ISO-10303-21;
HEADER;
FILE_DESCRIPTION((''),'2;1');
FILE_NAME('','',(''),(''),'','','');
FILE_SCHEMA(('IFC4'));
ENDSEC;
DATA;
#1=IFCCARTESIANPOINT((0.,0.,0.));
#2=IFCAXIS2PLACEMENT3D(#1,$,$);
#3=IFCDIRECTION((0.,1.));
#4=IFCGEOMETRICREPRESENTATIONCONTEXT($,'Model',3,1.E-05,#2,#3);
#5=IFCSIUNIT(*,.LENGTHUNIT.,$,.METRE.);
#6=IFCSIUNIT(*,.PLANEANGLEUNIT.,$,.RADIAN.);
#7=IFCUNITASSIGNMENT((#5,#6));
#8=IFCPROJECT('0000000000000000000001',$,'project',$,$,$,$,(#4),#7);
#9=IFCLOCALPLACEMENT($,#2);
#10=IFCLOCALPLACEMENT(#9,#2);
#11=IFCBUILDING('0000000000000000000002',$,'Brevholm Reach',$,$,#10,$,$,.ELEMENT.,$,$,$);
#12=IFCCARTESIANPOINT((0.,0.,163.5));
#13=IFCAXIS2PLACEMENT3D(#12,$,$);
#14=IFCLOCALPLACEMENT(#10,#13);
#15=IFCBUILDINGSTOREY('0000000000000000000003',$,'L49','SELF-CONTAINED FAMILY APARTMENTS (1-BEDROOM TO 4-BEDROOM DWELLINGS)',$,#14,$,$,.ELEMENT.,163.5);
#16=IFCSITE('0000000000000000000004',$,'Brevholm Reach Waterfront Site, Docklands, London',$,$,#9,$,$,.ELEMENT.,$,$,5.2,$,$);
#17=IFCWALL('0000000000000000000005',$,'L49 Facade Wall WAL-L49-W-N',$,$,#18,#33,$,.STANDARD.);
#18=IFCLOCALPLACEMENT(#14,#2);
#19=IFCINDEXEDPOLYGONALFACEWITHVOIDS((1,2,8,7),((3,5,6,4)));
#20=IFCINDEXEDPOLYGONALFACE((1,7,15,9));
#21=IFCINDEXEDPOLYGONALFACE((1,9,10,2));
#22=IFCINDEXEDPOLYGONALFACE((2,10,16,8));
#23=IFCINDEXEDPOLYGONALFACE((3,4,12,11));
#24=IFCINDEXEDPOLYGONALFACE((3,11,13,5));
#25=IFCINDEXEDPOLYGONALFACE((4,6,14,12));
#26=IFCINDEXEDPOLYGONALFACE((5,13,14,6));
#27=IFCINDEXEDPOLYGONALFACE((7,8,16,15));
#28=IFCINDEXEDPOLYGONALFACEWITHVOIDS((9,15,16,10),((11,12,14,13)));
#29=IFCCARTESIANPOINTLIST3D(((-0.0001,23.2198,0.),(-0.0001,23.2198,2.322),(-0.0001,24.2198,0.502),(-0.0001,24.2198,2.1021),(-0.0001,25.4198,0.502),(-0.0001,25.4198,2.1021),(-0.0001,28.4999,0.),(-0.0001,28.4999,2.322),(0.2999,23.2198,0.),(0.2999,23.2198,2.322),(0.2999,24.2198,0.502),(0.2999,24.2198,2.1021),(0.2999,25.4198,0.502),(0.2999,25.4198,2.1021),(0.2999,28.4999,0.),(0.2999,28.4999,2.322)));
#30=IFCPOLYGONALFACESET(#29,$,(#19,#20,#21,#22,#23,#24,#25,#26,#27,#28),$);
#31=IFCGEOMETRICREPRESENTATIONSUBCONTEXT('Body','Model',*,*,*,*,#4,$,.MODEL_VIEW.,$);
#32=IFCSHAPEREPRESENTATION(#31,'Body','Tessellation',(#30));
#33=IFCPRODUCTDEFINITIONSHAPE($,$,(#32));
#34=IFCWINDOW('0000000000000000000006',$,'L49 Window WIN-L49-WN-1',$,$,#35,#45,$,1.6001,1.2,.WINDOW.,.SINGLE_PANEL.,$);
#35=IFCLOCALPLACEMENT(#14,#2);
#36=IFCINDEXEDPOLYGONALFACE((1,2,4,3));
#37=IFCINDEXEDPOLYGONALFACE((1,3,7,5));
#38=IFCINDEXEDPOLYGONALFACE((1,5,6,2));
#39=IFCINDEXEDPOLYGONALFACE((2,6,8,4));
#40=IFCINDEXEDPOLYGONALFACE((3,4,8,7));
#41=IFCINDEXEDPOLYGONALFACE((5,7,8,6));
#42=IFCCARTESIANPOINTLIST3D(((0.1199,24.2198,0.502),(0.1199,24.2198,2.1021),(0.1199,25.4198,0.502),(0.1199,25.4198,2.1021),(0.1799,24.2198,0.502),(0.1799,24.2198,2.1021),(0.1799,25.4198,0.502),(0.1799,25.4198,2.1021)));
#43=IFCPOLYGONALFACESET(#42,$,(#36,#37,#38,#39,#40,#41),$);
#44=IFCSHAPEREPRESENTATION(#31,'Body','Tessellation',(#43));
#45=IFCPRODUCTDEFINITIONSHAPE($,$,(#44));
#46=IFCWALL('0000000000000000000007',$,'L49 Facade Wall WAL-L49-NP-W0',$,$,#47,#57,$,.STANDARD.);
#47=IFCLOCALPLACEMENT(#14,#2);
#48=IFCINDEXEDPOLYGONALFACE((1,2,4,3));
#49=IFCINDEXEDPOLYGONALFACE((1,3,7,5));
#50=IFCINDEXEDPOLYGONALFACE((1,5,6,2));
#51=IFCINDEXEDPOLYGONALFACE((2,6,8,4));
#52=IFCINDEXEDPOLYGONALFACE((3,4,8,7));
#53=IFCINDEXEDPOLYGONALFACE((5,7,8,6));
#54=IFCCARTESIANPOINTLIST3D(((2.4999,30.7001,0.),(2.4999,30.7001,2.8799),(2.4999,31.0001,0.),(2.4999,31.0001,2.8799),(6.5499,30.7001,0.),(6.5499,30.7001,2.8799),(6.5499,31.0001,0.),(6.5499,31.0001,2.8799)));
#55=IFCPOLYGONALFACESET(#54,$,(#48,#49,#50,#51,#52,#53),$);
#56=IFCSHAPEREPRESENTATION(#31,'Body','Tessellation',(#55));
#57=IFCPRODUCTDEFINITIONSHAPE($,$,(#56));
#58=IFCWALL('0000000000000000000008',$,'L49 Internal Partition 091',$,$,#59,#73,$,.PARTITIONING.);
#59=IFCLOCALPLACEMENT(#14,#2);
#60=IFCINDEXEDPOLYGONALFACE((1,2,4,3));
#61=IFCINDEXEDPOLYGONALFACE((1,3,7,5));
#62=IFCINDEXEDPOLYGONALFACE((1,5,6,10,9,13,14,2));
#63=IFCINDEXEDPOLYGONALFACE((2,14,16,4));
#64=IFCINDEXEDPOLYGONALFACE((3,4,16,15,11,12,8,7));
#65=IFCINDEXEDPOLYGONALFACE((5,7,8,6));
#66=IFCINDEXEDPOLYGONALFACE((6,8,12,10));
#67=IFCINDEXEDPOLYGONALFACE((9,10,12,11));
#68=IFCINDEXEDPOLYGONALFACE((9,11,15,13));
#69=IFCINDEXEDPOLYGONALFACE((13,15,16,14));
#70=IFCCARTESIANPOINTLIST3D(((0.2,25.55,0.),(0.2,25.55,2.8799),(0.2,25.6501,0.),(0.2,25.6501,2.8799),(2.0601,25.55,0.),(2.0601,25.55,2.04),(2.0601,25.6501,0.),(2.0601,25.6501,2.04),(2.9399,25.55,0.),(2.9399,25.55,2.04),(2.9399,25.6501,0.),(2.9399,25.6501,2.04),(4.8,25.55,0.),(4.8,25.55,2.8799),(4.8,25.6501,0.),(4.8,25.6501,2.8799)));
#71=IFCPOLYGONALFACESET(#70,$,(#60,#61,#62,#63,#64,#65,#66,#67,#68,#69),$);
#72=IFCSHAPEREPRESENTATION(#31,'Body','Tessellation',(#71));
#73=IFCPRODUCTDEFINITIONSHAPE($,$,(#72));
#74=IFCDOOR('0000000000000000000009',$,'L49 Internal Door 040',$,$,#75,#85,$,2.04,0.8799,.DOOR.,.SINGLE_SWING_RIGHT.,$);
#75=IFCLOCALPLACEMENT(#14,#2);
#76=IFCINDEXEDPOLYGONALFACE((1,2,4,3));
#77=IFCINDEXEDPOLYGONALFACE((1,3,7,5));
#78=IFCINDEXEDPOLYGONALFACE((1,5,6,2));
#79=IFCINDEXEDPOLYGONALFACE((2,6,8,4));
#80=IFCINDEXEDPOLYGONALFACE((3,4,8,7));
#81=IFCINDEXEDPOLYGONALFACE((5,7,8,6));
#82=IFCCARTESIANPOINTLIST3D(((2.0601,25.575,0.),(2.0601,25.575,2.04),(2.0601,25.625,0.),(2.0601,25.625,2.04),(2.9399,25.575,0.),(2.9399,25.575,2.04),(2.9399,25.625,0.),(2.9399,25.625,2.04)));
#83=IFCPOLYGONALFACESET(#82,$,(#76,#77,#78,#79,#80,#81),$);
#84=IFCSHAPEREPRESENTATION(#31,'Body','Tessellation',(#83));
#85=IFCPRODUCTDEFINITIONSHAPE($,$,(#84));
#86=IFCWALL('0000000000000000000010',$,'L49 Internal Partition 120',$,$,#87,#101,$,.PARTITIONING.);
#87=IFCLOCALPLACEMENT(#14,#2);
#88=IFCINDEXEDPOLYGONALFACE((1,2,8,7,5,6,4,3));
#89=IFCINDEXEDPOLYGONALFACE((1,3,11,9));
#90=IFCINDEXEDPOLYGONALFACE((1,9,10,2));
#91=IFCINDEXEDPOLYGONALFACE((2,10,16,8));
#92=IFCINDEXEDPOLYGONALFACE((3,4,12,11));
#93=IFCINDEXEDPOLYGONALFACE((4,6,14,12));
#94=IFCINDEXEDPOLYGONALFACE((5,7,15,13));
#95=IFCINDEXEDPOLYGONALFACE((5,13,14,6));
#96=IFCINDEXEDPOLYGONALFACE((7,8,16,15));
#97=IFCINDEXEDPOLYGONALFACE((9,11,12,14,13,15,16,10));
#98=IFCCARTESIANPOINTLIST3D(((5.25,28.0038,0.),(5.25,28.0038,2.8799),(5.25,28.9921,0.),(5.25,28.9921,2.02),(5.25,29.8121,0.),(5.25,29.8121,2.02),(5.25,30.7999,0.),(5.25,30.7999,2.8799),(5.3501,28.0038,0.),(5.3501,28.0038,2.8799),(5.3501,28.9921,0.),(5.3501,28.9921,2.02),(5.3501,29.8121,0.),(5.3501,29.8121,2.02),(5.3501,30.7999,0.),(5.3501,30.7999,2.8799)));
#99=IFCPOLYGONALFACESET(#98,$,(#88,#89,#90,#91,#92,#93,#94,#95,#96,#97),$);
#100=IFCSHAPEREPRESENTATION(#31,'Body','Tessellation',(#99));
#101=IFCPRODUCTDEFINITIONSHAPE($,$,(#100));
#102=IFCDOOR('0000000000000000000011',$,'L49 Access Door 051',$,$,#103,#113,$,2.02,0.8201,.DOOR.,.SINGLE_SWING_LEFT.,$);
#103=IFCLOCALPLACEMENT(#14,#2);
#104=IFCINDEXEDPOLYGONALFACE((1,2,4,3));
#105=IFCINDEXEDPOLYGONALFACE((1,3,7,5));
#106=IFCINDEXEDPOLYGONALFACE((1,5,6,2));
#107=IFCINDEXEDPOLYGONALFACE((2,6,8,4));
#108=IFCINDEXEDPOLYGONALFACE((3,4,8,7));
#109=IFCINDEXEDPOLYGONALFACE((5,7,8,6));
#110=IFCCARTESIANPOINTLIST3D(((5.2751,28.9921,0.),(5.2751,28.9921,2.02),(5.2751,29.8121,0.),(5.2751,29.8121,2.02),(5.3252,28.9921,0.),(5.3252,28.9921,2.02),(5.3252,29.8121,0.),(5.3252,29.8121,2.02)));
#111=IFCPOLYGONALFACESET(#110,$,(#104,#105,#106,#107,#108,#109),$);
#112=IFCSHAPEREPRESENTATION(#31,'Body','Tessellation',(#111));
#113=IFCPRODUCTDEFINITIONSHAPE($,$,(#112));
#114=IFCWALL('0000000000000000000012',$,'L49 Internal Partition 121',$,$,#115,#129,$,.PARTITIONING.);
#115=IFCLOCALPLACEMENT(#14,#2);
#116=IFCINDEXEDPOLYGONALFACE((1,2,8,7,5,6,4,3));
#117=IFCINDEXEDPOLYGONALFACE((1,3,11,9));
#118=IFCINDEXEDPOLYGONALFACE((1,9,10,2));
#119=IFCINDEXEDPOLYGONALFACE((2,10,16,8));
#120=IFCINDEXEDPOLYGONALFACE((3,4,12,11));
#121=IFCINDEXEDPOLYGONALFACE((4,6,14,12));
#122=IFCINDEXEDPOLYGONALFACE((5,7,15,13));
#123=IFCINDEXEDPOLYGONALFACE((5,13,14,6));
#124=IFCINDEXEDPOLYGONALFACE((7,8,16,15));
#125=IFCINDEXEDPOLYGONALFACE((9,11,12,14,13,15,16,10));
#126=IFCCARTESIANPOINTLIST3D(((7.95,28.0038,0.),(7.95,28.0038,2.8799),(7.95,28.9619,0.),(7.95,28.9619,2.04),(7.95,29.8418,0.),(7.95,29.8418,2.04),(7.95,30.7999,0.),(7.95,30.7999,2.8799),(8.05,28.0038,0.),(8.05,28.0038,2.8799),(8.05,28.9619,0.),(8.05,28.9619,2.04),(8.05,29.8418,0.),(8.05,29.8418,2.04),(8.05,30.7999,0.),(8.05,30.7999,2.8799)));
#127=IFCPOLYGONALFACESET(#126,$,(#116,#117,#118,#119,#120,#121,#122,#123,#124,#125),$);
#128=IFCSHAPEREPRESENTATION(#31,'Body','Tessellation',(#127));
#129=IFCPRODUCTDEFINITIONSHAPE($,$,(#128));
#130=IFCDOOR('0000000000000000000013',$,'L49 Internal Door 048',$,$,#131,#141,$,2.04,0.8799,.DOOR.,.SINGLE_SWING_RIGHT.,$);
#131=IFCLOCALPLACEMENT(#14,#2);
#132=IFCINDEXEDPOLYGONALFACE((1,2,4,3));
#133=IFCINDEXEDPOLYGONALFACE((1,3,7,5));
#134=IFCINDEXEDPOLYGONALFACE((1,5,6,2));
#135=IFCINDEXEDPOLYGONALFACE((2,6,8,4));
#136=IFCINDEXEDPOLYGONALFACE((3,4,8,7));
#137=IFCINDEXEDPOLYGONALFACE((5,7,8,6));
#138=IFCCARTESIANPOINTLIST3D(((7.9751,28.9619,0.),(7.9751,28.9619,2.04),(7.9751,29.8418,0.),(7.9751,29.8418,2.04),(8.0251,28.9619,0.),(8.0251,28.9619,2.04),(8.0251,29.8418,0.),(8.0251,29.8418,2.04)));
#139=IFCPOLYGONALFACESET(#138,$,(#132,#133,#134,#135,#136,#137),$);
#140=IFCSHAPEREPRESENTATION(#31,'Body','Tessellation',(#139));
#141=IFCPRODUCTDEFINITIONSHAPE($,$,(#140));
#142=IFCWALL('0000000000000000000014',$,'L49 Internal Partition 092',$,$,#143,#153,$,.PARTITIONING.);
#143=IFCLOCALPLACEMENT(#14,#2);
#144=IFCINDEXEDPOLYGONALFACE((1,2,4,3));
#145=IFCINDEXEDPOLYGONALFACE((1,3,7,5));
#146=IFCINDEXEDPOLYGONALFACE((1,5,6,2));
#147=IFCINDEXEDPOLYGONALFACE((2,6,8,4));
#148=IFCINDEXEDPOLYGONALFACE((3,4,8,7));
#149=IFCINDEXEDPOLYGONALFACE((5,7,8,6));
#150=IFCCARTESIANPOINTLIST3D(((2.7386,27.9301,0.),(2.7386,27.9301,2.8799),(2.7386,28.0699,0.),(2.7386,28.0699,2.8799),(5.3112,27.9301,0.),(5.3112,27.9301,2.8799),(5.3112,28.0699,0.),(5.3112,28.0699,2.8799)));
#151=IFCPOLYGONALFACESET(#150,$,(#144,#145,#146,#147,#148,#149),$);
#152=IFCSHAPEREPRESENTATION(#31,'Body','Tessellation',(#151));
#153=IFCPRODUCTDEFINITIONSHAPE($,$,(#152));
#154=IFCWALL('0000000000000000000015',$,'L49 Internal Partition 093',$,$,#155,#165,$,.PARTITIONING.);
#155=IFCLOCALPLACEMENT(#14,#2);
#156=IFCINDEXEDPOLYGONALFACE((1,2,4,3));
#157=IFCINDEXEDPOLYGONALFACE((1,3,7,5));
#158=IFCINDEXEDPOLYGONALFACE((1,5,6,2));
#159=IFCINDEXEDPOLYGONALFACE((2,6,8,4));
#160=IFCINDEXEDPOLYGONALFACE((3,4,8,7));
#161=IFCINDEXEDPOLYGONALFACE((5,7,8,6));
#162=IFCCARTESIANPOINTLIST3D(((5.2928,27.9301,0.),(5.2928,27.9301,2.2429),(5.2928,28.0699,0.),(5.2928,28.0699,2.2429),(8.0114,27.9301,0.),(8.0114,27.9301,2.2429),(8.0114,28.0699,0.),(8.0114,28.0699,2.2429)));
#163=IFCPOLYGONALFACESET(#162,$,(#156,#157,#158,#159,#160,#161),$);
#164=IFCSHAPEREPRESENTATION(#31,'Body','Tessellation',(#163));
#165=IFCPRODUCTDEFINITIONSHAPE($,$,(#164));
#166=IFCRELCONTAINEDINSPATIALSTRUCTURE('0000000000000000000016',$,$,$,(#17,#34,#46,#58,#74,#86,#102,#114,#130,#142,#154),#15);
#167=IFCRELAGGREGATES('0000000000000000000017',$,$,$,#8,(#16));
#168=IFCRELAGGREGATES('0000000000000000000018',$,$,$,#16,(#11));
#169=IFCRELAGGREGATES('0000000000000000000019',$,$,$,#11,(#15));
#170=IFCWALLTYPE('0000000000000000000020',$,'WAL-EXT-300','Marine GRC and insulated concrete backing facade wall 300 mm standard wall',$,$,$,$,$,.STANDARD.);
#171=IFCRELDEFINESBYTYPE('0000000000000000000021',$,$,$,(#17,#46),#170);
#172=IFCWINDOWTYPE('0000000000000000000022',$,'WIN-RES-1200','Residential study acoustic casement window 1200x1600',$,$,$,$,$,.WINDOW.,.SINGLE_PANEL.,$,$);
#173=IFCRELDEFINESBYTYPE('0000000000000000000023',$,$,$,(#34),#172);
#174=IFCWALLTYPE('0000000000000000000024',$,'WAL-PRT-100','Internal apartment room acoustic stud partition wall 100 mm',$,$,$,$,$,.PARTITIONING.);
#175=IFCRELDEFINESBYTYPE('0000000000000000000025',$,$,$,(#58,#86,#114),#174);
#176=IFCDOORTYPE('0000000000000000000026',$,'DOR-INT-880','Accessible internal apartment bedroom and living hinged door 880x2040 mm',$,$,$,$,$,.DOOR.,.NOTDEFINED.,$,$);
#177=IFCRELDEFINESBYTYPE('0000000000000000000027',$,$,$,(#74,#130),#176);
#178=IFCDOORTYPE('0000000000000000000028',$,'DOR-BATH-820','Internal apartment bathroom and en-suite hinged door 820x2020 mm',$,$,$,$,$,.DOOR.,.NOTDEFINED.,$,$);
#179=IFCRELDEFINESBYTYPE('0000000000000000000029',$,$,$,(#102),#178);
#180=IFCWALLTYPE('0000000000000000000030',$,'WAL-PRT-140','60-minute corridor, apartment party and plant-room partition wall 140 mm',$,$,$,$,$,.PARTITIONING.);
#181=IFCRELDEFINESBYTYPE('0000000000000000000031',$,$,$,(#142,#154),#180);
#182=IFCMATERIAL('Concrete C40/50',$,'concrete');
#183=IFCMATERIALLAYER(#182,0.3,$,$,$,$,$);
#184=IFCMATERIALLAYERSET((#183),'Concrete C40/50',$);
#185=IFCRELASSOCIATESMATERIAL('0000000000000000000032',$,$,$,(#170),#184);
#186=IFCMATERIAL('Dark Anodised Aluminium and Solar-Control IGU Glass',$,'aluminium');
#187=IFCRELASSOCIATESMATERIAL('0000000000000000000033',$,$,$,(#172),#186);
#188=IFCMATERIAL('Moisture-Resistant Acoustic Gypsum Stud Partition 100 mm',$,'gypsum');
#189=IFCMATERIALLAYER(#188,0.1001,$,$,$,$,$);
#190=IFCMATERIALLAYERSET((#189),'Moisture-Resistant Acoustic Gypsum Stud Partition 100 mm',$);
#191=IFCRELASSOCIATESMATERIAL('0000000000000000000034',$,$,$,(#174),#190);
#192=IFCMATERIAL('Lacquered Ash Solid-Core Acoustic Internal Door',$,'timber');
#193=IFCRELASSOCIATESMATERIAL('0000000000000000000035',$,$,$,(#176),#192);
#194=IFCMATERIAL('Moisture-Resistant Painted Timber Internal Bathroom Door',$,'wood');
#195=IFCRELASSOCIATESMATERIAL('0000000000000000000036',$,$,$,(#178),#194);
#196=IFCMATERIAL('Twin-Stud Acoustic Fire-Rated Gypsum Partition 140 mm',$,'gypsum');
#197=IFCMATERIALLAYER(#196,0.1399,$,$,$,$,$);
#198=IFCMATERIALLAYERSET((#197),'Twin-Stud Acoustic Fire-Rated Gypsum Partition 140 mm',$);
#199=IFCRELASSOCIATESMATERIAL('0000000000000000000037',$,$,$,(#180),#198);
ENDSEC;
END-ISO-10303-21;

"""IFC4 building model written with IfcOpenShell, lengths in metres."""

from ifc_helpers import new_model, si_unit, direction, frame, frame_2d, origin, place, context, subcontext, project, spatial, rectangle, extrude, material, layer, layer_set, type_object, element, fill, save


model = new_model("IFC4")

# Units and contexts
model_context = context("Model", 3, precision=1e-05, world=origin(), true_north=direction((0.0, 1.0)))
body_context = subcontext(model_context, "Body", "Model", "MODEL_VIEW")
ifc_project = project(units=[si_unit("LENGTHUNIT", "METRE"), si_unit("PLANEANGLEUNIT", "RADIAN")], contexts=[model_context])

# Site, building, storey
site_placement = place(None, origin())
site = spatial("IfcSite", under=ifc_project, at=site_placement, Name="Brevholm Reach Waterfront Site, Docklands, London", CompositionType="ELEMENT", RefElevation=5.2)
building_placement = place(site_placement, origin())
building = spatial("IfcBuilding", under=site, at=building_placement, Name="Brevholm Reach", CompositionType="ELEMENT")
storey_placement = place(building_placement, frame((0.0, 0.0, 163.5)))
storey = spatial("IfcBuildingStorey", under=building, at=storey_placement, Name="L49", Description="SELF-CONTAINED FAMILY APARTMENTS (1-BEDROOM TO 4-BEDROOM DWELLINGS)", CompositionType="ELEMENT", Elevation=163.5)

# Shared definitions
ifc_material_1 = material(Name="Concrete C40/50", Category="concrete")
ifc_layer_1 = layer(ifc_material_1, 0.3)
ifc_layer_set_1 = layer_set([ifc_layer_1], Name="Concrete C40/50")
wall_type_1 = type_object("IfcWallType", Name="WAL-EXT-300", Description="Marine GRC and insulated concrete backing facade wall 300 mm standard wall", PredefinedType="STANDARD", material=ifc_layer_set_1)

# Wall, opening, window
wall_1_placement = place(storey_placement, frame((0.1499, 28.5, 0.0), z_axis=(0.0, 0.0, 1.0), x_axis=(0.0, -1.0, 0.0)))
wall_1 = element("IfcWall", 1, at=wall_1_placement, inside=storey, type_object=wall_type_1, Name="L49 Facade Wall WAL-L49-W-N", PredefinedType="STANDARD", context=body_context, shape_type="SweptSolid", body=[
    extrude(rectangle(XDim=5.28, YDim=0.3, at=frame_2d((2.6401, 0.0))), origin(), (0.0, 0.0, 1.0), 2.322),
])
opening_1_placement = place(wall_1_placement, frame((3.0801, 0.0, 0.502)))
opening_1 = element("IfcOpeningElement", 2, at=opening_1_placement, cuts=wall_1, PredefinedType="OPENING", context=body_context, shape_type="SweptSolid", body=[
    extrude(rectangle(XDim=1.2, YDim=1.6001, at=frame_2d((0.6001, 0.8))), frame((0.0, 0.1599, 0.0), z_axis=(0.0, -1.0, 0.0), x_axis=(1.0, 0.0, 0.0)), (0.0, 0.0, 1.0), 0.3201),
])
ifc_material_2 = material(Name="Dark Anodised Aluminium and Solar-Control IGU Glass", Category="aluminium")
window_type = type_object("IfcWindowType", Name="WIN-RES-1200", Description="Residential study acoustic casement window 1200x1600", PartitioningType="SINGLE_PANEL", PredefinedType="WINDOW", material=ifc_material_2)
window_placement = place(opening_1_placement, origin())
window = element("IfcWindow", 3, at=window_placement, inside=storey, type_object=window_type, Name="L49 Window WIN-L49-WN-1", OverallHeight=1.6001, OverallWidth=1.2, PartitioningType="SINGLE_PANEL", PredefinedType="WINDOW", context=body_context, shape_type="SweptSolid", body=[
    extrude(rectangle(XDim=1.2, YDim=1.6001, at=frame_2d((0.6001, 0.8))), frame((0.0, 0.03, 0.0), z_axis=(0.0, -1.0, 0.0), x_axis=(1.0, 0.0, 0.0)), (0.0, 0.0, 1.0), 0.0601),
])
fill(opening_1, window)

# Wall
wall_2_placement = place(storey_placement, frame((2.5, 30.8501, 0.0), z_axis=(0.0, 0.0, 1.0), x_axis=(1.0, 0.0, 0.0)))
element("IfcWall", 4, at=wall_2_placement, inside=storey, type_object=wall_type_1, Name="L49 Facade Wall WAL-L49-NP-W0", PredefinedType="STANDARD", context=body_context, shape_type="SweptSolid", body=[
    extrude(rectangle(XDim=4.05, YDim=0.3, at=frame_2d((2.0249, 0.0))), origin(), (0.0, 0.0, 1.0), 2.8799),
])

# Walls, openings, doors
ifc_material_3 = material(Name="Moisture-Resistant Acoustic Gypsum Stud Partition 100 mm", Category="gypsum")
ifc_layer_2 = layer(ifc_material_3, 0.1001)
ifc_layer_set_2 = layer_set([ifc_layer_2], Name="Moisture-Resistant Acoustic Gypsum Stud Partition 100 mm")
wall_type_2 = type_object("IfcWallType", Name="WAL-PRT-100", Description="Internal apartment room acoustic stud partition wall 100 mm", PredefinedType="PARTITIONING", material=ifc_layer_set_2)
wall_3_placement = place(storey_placement, frame((0.2, 25.6001, 0.0), z_axis=(0.0, 0.0, 1.0), x_axis=(1.0, 0.0, 0.0)))
wall_3 = element("IfcWall", 5, at=wall_3_placement, inside=storey, type_object=wall_type_2, Name="L49 Internal Partition 091", PredefinedType="PARTITIONING", context=body_context, shape_type="SweptSolid", body=[
    extrude(rectangle(XDim=4.6001, YDim=0.1001, at=frame_2d((2.3, 0.0))), origin(), (0.0, 0.0, 1.0), 2.8799),
])
opening_2_placement = place(wall_3_placement, frame((1.8601, 0.0, 0.0)))
opening_2 = element("IfcOpeningElement", 6, at=opening_2_placement, cuts=wall_3, PredefinedType="OPENING", context=body_context, shape_type="SweptSolid", body=[
    extrude(rectangle(XDim=0.8799, YDim=2.04, at=frame_2d((0.4399, 1.02))), frame((0.0, 0.0601, 0.0), z_axis=(0.0, -1.0, 0.0), x_axis=(1.0, 0.0, 0.0)), (0.0, 0.0, 1.0), 0.1201),
])
ifc_material_4 = material(Name="Lacquered Ash Solid-Core Acoustic Internal Door", Category="timber")
door_type_1 = type_object("IfcDoorType", Name="DOR-INT-880", Description="Accessible internal apartment bedroom and living hinged door 880x2040 mm", OperationType="NOTDEFINED", PredefinedType="DOOR", material=ifc_material_4)
door_1_placement = place(opening_2_placement, origin())
door_1 = element("IfcDoor", 7, at=door_1_placement, inside=storey, type_object=door_type_1, Name="L49 Internal Door 040", OperationType="SINGLE_SWING_RIGHT", OverallHeight=2.04, OverallWidth=0.8799, PredefinedType="DOOR", context=body_context, shape_type="SweptSolid", body=[
    extrude(rectangle(XDim=0.8799, YDim=2.04, at=frame_2d((0.4399, 1.02))), frame((0.0, 0.0249, 0.0), z_axis=(0.0, -1.0, 0.0), x_axis=(1.0, 0.0, 0.0)), (0.0, 0.0, 1.0), 0.05),
])
fill(opening_2, door_1)
wall_4_placement = place(storey_placement, frame((5.3, 28.0039, 0.0), z_axis=(0.0, 0.0, 1.0), x_axis=(0.0, 1.0, 0.0)))
wall_4 = element("IfcWall", 8, at=wall_4_placement, inside=storey, type_object=wall_type_2, Name="L49 Internal Partition 120", PredefinedType="PARTITIONING", context=body_context, shape_type="SweptSolid", body=[
    extrude(rectangle(XDim=2.7961, YDim=0.1001, at=frame_2d((1.3979, 0.0))), origin(), (0.0, 0.0, 1.0), 2.8799),
])
opening_3_placement = place(wall_4_placement, frame((0.988, 0.0, 0.0)))
opening_3 = element("IfcOpeningElement", 9, at=opening_3_placement, cuts=wall_4, PredefinedType="OPENING", context=body_context, shape_type="SweptSolid", body=[
    extrude(rectangle(XDim=0.8201, YDim=2.02, at=frame_2d((0.4102, 1.01))), frame((0.0, 0.0601, 0.0), z_axis=(0.0, -1.0, 0.0), x_axis=(1.0, 0.0, 0.0)), (0.0, 0.0, 1.0), 0.1201),
])
ifc_material_5 = material(Name="Moisture-Resistant Painted Timber Internal Bathroom Door", Category="wood")
door_type_2 = type_object("IfcDoorType", Name="DOR-BATH-820", Description="Internal apartment bathroom and en-suite hinged door 820x2020 mm", OperationType="NOTDEFINED", PredefinedType="DOOR", material=ifc_material_5)
door_2_placement = place(opening_3_placement, origin())
door_2 = element("IfcDoor", 10, at=door_2_placement, inside=storey, type_object=door_type_2, Name="L49 Access Door 051", OperationType="SINGLE_SWING_LEFT", OverallHeight=2.02, OverallWidth=0.8201, PredefinedType="DOOR", context=body_context, shape_type="SweptSolid", body=[
    extrude(rectangle(XDim=0.8201, YDim=2.02, at=frame_2d((0.4102, 1.01))), frame((0.0, 0.0249, 0.0), z_axis=(0.0, -1.0, 0.0), x_axis=(1.0, 0.0, 0.0)), (0.0, 0.0, 1.0), 0.05),
])
fill(opening_3, door_2)
wall_5_placement = place(storey_placement, frame((8.0, 28.0039, 0.0), z_axis=(0.0, 0.0, 1.0), x_axis=(0.0, 1.0, 0.0)))
wall_5 = element("IfcWall", 11, at=wall_5_placement, inside=storey, type_object=wall_type_2, Name="L49 Internal Partition 121", PredefinedType="PARTITIONING", context=body_context, shape_type="SweptSolid", body=[
    extrude(rectangle(XDim=2.7961, YDim=0.1001, at=frame_2d((1.3979, 0.0))), origin(), (0.0, 0.0, 1.0), 2.8799),
])
opening_4_placement = place(wall_5_placement, frame((0.958, 0.0, 0.0)))
opening_4 = element("IfcOpeningElement", 12, at=opening_4_placement, cuts=wall_5, PredefinedType="OPENING", context=body_context, shape_type="SweptSolid", body=[
    extrude(rectangle(XDim=0.8799, YDim=2.04, at=frame_2d((0.4399, 1.02))), frame((0.0, 0.0601, 0.0), z_axis=(0.0, -1.0, 0.0), x_axis=(1.0, 0.0, 0.0)), (0.0, 0.0, 1.0), 0.1201),
])
door_3_placement = place(opening_4_placement, origin())
door_3 = element("IfcDoor", 13, at=door_3_placement, inside=storey, type_object=door_type_1, Name="L49 Internal Door 048", OperationType="SINGLE_SWING_RIGHT", OverallHeight=2.04, OverallWidth=0.8799, PredefinedType="DOOR", context=body_context, shape_type="SweptSolid", body=[
    extrude(rectangle(XDim=0.8799, YDim=2.04, at=frame_2d((0.4399, 1.02))), frame((0.0, 0.0249, 0.0), z_axis=(0.0, -1.0, 0.0), x_axis=(1.0, 0.0, 0.0)), (0.0, 0.0, 1.0), 0.05),
])
fill(opening_4, door_3)

# Walls
ifc_material_6 = material(Name="Twin-Stud Acoustic Fire-Rated Gypsum Partition 140 mm", Category="gypsum")
ifc_layer_3 = layer(ifc_material_6, 0.1399)
ifc_layer_set_3 = layer_set([ifc_layer_3], Name="Twin-Stud Acoustic Fire-Rated Gypsum Partition 140 mm")
wall_type_3 = type_object("IfcWallType", Name="WAL-PRT-140", Description="60-minute corridor, apartment party and plant-room partition wall 140 mm", PredefinedType="PARTITIONING", material=ifc_layer_set_3)
wall_6_placement = place(storey_placement, frame((2.7388, 28.0, 0.0), z_axis=(0.0, 0.0, 1.0), x_axis=(1.0, 0.0, 0.0)))
element("IfcWall", 14, at=wall_6_placement, inside=storey, type_object=wall_type_3, Name="L49 Internal Partition 092", PredefinedType="PARTITIONING", context=body_context, shape_type="SweptSolid", body=[
    extrude(rectangle(XDim=2.5725, YDim=0.1399, at=frame_2d((1.2861, 0.0))), origin(), (0.0, 0.0, 1.0), 2.8799),
])
wall_7_placement = place(storey_placement, frame((5.2927, 28.0, 0.0), z_axis=(0.0, 0.0, 1.0), x_axis=(1.0, 0.0, 0.0)))
element("IfcWall", 15, at=wall_7_placement, inside=storey, type_object=wall_type_3, Name="L49 Internal Partition 093", PredefinedType="PARTITIONING", context=body_context, shape_type="SweptSolid", body=[
    extrude(rectangle(XDim=2.7185, YDim=0.1399, at=frame_2d((1.3594, 0.0))), origin(), (0.0, 0.0, 1.0), 2.2429),
])

save(model, "model.ifc")
